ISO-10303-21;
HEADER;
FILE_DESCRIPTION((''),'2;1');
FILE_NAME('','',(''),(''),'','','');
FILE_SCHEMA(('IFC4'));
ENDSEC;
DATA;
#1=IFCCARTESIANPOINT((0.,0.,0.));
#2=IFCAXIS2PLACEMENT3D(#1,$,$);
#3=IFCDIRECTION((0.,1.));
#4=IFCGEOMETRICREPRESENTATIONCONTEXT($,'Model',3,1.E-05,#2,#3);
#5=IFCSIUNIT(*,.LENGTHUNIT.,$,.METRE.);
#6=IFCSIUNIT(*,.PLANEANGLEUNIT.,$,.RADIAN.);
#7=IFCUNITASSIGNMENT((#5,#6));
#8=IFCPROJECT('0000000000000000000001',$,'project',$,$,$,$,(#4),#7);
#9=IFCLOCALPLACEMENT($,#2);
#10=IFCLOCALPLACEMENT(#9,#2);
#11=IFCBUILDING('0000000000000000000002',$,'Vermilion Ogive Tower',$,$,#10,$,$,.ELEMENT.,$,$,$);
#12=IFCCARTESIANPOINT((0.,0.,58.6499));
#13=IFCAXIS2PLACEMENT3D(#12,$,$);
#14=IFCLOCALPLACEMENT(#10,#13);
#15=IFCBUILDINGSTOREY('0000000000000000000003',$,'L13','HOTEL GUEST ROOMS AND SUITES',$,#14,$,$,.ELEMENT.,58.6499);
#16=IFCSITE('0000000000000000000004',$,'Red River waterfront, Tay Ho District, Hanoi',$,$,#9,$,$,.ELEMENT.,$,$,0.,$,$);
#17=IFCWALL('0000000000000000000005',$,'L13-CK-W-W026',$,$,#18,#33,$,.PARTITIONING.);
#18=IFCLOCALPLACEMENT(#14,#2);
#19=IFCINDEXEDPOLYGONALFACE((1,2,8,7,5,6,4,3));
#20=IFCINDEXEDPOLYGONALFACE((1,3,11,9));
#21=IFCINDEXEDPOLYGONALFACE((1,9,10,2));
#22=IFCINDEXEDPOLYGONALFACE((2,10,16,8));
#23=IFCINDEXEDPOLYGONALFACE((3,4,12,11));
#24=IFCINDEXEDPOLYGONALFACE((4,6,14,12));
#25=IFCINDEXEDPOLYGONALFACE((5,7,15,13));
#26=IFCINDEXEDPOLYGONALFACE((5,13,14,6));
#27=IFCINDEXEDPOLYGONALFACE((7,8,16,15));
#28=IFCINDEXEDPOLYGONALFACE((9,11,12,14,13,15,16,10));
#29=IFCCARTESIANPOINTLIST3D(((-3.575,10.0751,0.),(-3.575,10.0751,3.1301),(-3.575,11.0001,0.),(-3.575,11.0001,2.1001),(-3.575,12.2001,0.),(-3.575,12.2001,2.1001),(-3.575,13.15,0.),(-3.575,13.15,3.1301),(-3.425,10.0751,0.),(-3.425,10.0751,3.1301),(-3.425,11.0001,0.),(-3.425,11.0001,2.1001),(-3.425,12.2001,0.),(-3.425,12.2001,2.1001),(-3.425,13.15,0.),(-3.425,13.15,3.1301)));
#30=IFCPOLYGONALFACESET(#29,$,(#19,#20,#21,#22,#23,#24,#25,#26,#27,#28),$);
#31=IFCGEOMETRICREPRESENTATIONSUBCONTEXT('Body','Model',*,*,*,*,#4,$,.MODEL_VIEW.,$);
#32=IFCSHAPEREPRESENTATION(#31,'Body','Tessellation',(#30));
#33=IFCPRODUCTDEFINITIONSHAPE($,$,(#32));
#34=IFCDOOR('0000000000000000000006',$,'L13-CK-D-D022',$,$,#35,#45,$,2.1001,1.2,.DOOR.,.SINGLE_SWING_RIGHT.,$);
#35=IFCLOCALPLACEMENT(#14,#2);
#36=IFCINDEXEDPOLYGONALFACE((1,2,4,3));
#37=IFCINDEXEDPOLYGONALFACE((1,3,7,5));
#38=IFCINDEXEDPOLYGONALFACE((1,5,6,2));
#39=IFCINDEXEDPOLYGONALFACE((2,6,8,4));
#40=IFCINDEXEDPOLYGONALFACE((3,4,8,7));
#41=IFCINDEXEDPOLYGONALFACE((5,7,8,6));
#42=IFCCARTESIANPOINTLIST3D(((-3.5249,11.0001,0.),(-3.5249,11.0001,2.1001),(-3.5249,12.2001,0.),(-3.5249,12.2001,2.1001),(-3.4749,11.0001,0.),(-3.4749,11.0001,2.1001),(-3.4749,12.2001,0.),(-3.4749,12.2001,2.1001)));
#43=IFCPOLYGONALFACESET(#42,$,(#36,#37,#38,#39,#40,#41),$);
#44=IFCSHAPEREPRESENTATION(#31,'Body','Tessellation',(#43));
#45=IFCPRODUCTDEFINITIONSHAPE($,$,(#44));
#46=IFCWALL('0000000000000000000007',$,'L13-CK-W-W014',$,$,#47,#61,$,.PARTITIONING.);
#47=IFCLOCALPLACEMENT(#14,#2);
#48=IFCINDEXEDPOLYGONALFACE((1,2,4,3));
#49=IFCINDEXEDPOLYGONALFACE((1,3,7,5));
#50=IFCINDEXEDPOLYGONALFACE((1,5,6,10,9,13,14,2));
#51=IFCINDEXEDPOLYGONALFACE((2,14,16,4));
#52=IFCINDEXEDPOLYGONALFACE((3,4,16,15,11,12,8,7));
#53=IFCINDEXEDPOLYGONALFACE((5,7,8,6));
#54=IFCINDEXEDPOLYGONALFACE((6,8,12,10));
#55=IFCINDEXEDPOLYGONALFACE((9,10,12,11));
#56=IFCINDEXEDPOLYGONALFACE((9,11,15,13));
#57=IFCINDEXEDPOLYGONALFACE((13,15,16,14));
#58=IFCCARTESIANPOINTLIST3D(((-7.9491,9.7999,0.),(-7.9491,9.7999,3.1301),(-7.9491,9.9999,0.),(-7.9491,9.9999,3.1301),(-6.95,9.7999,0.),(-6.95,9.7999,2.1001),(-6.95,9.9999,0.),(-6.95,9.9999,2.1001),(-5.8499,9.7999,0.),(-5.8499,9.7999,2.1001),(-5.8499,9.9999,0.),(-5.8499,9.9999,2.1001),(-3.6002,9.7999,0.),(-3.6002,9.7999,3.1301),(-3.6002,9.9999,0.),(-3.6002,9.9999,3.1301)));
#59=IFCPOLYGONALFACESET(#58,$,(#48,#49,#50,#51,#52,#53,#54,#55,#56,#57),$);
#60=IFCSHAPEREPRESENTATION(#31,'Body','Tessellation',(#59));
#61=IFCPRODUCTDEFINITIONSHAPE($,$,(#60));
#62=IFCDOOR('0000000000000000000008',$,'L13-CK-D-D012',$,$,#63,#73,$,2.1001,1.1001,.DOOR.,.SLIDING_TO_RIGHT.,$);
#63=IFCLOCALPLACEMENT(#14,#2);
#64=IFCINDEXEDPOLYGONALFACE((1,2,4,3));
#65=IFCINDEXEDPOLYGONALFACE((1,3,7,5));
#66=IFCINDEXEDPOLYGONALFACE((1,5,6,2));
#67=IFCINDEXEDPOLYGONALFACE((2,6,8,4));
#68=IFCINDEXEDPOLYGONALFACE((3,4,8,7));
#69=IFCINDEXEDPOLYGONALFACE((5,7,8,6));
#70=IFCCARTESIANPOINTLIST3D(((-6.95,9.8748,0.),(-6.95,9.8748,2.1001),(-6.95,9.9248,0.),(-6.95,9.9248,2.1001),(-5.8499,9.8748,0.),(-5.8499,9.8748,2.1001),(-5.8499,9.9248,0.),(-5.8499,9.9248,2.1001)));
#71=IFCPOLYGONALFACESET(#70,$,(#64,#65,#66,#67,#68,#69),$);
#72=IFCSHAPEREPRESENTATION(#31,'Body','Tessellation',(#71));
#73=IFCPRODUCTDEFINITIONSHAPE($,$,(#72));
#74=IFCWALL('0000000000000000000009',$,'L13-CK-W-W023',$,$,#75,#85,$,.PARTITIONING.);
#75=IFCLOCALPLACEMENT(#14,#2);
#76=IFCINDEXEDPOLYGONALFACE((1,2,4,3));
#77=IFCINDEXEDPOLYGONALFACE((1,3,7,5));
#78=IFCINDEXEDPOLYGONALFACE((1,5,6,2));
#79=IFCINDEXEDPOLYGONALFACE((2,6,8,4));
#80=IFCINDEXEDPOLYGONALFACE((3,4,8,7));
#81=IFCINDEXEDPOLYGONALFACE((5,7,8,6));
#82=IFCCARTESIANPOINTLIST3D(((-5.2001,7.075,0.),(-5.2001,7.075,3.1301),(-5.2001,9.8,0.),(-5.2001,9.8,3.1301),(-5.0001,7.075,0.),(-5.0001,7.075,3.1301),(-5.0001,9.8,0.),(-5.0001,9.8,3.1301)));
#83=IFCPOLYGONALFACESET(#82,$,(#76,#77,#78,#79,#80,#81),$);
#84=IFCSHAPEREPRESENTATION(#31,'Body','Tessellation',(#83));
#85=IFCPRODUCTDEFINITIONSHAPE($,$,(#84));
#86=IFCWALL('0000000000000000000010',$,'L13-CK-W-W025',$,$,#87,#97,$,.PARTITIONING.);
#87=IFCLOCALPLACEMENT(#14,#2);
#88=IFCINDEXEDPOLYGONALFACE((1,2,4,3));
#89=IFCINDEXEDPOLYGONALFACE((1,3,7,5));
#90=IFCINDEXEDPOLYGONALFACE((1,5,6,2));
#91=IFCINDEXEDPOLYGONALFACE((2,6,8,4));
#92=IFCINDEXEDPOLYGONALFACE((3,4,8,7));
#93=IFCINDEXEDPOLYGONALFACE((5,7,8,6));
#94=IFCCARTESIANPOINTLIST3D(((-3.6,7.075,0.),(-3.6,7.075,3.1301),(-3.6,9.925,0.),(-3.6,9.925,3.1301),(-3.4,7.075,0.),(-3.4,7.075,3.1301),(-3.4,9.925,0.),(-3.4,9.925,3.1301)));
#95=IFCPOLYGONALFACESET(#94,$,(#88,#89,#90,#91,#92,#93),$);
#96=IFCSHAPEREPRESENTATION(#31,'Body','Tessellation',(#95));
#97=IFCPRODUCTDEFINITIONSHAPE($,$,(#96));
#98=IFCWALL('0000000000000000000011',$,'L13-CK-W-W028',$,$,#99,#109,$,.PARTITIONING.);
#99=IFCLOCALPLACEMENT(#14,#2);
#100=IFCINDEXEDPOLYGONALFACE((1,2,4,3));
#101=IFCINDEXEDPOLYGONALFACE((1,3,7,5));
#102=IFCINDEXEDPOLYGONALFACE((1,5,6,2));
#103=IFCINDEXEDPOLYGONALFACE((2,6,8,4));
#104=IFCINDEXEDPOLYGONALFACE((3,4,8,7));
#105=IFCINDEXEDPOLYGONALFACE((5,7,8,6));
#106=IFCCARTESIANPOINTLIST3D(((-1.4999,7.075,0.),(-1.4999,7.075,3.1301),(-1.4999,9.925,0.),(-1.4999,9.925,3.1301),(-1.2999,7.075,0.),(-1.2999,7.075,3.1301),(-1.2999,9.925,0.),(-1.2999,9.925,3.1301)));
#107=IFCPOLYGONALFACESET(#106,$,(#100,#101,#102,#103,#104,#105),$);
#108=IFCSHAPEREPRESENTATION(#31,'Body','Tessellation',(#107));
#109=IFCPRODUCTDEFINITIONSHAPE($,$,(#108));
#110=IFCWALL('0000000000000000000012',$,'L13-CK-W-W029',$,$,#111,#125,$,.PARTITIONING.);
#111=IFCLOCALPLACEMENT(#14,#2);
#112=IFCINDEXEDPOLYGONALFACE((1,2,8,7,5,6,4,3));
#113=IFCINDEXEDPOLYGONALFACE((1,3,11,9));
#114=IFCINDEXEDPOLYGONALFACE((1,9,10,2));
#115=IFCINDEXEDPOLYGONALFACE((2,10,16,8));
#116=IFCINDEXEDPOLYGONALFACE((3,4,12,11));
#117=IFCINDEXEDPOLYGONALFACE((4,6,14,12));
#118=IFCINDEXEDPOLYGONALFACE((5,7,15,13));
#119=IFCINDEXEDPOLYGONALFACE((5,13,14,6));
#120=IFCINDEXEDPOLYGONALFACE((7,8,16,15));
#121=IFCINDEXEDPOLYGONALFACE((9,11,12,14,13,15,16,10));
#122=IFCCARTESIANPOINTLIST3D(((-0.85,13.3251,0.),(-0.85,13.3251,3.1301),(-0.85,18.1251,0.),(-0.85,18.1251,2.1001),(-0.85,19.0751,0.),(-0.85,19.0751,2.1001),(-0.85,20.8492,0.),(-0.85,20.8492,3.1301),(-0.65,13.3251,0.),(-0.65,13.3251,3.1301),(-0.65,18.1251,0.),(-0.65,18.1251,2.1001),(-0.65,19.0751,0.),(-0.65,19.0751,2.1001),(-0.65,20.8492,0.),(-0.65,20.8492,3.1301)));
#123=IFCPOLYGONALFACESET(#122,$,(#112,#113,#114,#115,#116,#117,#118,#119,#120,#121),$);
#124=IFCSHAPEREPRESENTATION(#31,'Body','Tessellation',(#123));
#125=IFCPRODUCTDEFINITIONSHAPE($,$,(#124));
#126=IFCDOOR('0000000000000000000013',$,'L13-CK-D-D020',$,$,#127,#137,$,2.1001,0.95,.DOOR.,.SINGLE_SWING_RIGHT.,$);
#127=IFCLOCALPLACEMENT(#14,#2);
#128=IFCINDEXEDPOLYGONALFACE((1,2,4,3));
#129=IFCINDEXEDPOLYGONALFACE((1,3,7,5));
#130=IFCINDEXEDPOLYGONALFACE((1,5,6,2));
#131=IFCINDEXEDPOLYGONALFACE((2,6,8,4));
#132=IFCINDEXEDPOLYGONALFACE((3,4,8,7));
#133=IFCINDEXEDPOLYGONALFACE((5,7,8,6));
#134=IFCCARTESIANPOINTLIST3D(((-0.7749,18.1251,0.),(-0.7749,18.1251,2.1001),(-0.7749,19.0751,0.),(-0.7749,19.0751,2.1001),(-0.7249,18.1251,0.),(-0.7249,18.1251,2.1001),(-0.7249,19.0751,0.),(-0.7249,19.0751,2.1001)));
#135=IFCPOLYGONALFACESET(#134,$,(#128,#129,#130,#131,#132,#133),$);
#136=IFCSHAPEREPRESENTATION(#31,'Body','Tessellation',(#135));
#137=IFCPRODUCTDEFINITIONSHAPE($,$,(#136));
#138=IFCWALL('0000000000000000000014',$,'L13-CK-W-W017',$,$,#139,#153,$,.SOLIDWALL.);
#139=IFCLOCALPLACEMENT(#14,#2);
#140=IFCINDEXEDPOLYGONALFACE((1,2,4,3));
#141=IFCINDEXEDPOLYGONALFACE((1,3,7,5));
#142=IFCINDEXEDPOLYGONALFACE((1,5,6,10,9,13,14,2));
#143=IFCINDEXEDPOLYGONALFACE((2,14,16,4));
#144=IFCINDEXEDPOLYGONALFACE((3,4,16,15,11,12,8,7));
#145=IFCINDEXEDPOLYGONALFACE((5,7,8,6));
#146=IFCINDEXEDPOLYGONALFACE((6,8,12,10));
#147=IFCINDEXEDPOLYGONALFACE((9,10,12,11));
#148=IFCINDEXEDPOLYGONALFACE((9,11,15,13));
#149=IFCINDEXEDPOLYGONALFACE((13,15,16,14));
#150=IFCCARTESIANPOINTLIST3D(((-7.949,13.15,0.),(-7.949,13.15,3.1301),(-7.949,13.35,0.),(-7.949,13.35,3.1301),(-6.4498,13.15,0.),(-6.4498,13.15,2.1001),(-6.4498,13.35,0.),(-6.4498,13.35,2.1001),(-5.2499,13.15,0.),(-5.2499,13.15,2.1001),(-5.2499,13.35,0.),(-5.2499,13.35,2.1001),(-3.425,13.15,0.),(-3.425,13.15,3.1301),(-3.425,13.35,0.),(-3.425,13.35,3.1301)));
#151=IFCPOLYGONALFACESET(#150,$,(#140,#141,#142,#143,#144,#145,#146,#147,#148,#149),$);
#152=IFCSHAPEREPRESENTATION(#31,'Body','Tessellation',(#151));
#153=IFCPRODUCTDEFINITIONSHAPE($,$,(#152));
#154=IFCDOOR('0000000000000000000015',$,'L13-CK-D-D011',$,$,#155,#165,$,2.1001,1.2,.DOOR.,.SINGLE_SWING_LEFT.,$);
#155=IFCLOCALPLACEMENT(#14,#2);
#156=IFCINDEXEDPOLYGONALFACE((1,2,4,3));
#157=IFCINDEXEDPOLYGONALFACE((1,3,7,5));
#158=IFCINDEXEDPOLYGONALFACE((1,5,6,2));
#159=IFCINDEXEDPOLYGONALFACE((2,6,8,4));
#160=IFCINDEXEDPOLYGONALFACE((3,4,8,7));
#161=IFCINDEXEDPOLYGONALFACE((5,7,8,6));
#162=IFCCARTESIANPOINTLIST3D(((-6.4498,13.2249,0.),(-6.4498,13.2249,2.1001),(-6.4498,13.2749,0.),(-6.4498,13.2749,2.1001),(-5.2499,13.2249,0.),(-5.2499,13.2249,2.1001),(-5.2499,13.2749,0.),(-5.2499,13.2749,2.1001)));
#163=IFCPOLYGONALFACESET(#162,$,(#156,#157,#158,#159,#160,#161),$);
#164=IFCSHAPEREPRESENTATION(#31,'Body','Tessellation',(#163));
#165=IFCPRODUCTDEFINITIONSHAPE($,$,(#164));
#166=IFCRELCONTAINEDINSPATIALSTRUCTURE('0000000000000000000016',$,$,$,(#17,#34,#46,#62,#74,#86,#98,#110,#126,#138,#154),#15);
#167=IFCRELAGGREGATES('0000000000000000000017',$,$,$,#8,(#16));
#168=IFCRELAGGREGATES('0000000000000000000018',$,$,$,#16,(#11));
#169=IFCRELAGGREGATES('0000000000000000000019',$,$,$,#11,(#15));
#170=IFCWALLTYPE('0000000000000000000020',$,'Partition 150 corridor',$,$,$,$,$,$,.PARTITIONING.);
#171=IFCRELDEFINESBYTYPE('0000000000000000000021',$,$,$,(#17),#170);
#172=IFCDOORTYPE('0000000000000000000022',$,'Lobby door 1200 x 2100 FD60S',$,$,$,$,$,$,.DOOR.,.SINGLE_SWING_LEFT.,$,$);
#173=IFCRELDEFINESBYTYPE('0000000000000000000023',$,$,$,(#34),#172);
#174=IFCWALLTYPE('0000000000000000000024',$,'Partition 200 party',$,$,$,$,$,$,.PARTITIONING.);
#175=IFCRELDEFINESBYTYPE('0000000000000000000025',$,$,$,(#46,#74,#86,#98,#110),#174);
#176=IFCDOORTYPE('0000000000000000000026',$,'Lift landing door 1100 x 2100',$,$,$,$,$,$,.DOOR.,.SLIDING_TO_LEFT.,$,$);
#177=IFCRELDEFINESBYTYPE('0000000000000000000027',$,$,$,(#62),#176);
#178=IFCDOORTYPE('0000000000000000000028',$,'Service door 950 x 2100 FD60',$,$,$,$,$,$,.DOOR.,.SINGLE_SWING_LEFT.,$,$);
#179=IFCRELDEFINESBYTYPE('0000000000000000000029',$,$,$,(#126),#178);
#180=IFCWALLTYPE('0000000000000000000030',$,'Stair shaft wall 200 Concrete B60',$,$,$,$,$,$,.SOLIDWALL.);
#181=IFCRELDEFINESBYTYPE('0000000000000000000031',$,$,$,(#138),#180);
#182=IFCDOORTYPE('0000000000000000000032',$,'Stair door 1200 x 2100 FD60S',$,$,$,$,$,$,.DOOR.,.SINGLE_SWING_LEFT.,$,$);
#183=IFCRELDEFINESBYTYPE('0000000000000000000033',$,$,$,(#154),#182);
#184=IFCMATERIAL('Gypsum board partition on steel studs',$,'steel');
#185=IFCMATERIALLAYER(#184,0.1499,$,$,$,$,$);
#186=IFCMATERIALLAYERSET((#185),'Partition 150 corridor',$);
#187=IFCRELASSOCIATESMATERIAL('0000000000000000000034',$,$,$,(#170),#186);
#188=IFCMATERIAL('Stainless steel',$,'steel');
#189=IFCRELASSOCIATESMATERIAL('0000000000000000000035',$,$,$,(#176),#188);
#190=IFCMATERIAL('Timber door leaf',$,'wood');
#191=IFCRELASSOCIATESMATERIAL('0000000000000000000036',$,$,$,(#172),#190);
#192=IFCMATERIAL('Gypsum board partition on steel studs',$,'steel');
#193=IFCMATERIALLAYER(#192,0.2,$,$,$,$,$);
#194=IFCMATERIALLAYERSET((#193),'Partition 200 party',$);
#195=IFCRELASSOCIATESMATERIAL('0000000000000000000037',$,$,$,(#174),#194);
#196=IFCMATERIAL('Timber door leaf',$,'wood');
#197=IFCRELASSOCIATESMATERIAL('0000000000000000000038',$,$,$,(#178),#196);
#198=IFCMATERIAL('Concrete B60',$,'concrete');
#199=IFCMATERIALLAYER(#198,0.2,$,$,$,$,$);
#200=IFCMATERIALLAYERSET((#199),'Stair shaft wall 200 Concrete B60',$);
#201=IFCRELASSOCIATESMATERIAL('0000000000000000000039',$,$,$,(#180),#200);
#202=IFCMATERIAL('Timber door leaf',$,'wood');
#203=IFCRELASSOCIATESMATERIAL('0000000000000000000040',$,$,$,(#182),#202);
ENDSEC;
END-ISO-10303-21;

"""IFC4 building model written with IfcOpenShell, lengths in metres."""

from ifc_helpers import new_model, si_unit, direction, frame, frame_2d, origin, place, context, subcontext, project, spatial, rectangle, extrude, material, layer, layer_set, type_object, element, fill, save


model = new_model("IFC4")

# Units and contexts
model_context = context("Model", 3, precision=1e-05, world=origin(), true_north=direction((0.0, 1.0)))
body_context = subcontext(model_context, "Body", "Model", "MODEL_VIEW")
ifc_project = project(units=[si_unit("LENGTHUNIT", "METRE"), si_unit("PLANEANGLEUNIT", "RADIAN")], contexts=[model_context])

# Site, building, storey
site_placement = place(None, origin())
site = spatial("IfcSite", under=ifc_project, at=site_placement, Name="Red River waterfront, Tay Ho District, Hanoi", CompositionType="ELEMENT", RefElevation=0.0)
building_placement = place(site_placement, origin())
building = spatial("IfcBuilding", under=site, at=building_placement, Name="Vermilion Ogive Tower", CompositionType="ELEMENT")
storey_placement = place(building_placement, frame((0.0, 0.0, 58.6499)))
storey = spatial("IfcBuildingStorey", under=building, at=storey_placement, Name="L13", Description="HOTEL GUEST ROOMS AND SUITES", CompositionType="ELEMENT", Elevation=58.6499)

# Shared definitions
ifc_material_1 = material(Name="Gypsum board partition on steel studs", Category="steel")
ifc_layer_1 = layer(ifc_material_1, 0.1499)
ifc_layer_set_1 = layer_set([ifc_layer_1], Name="Partition 150 corridor")
wall_type_1 = type_object("IfcWallType", Name="Partition 150 corridor", PredefinedType="PARTITIONING", material=ifc_layer_set_1)

# Shared definitions
ifc_material_2 = material(Name="Stainless steel", Category="steel")
door_type_1 = type_object("IfcDoorType", Name="Lift landing door 1100 x 2100", OperationType="SLIDING_TO_LEFT", PredefinedType="DOOR", material=ifc_material_2)

# Walls, openings, doors
wall_1_placement = place(storey_placement, frame((-3.5, 10.075, 0.0), z_axis=(0.0, 0.0, 1.0), x_axis=(0.0, 1.0, 0.0)))
wall_1 = element("IfcWall", 1, at=wall_1_placement, inside=storey, type_object=wall_type_1, Name="L13-CK-W-W026", PredefinedType="PARTITIONING", context=body_context, shape_type="SweptSolid", body=[
    extrude(rectangle(XDim=3.075, YDim=0.1499, at=frame_2d((1.5376, 0.0))), origin(), (0.0, 0.0, 1.0), 3.1301),
])
opening_1_placement = place(wall_1_placement, frame((0.925, 0.0, 0.0)))
opening_1 = element("IfcOpeningElement", 2, at=opening_1_placement, cuts=wall_1, PredefinedType="OPENING", context=body_context, shape_type="SweptSolid", body=[
    extrude(rectangle(XDim=1.2, YDim=2.1001, at=frame_2d((0.6001, 1.05))), frame((0.0, 0.085, 0.0), z_axis=(0.0, -1.0, 0.0), x_axis=(1.0, 0.0, 0.0)), (0.0, 0.0, 1.0), 0.1699),
])
ifc_material_3 = material(Name="Timber door leaf", Category="wood")
door_type_2 = type_object("IfcDoorType", Name="Lobby door 1200 x 2100 FD60S", OperationType="SINGLE_SWING_LEFT", PredefinedType="DOOR", material=ifc_material_3)
door_1_placement = place(opening_1_placement, origin())
door_1 = element("IfcDoor", 3, at=door_1_placement, inside=storey, type_object=door_type_2, Name="L13-CK-D-D022", OperationType="SINGLE_SWING_RIGHT", OverallHeight=2.1001, OverallWidth=1.2, PredefinedType="DOOR", context=body_context, shape_type="SweptSolid", body=[
    extrude(rectangle(XDim=1.2, YDim=2.1001, at=frame_2d((0.6001, 1.05))), frame((0.0, 0.0249, 0.0), z_axis=(0.0, -1.0, 0.0), x_axis=(1.0, 0.0, 0.0)), (0.0, 0.0, 1.0), 0.05),
])
fill(opening_1, door_1)
ifc_material_4 = material(Name="Gypsum board partition on steel studs", Category="steel")
ifc_layer_2 = layer(ifc_material_4, 0.2)
ifc_layer_set_2 = layer_set([ifc_layer_2], Name="Partition 200 party")
wall_type_2 = type_object("IfcWallType", Name="Partition 200 party", PredefinedType="PARTITIONING", material=ifc_layer_set_2)
wall_2_placement = place(storey_placement, frame((-7.949, 9.8999, 0.0), z_axis=(0.0, 0.0, 1.0), x_axis=(1.0, 0.0, 0.0)))
wall_2 = element("IfcWall", 4, at=wall_2_placement, inside=storey, type_object=wall_type_2, Name="L13-CK-W-W014", PredefinedType="PARTITIONING", context=body_context, shape_type="SweptSolid", body=[
    extrude(rectangle(XDim=4.3489, YDim=0.2, at=frame_2d((2.1743, 0.0))), origin(), (0.0, 0.0, 1.0), 3.1301),
])
opening_2_placement = place(wall_2_placement, frame((0.999, 0.0, 0.0)))
opening_2 = element("IfcOpeningElement", 5, at=opening_2_placement, cuts=wall_2, PredefinedType="OPENING", context=body_context, shape_type="SweptSolid", body=[
    extrude(rectangle(XDim=1.1001, YDim=2.1001, at=frame_2d((0.55, 1.05))), frame((0.0, 0.1099, 0.0), z_axis=(0.0, -1.0, 0.0), x_axis=(1.0, 0.0, 0.0)), (0.0, 0.0, 1.0), 0.22),
])
door_2_placement = place(opening_2_placement, origin())
door_2 = element("IfcDoor", 6, at=door_2_placement, inside=storey, type_object=door_type_1, Name="L13-CK-D-D012", OperationType="SLIDING_TO_RIGHT", OverallHeight=2.1001, OverallWidth=1.1001, PredefinedType="DOOR", context=body_context, shape_type="SweptSolid", body=[
    extrude(rectangle(XDim=1.1001, YDim=2.1001, at=frame_2d((0.55, 1.05))), frame((0.0, 0.0249, 0.0), z_axis=(0.0, -1.0, 0.0), x_axis=(1.0, 0.0, 0.0)), (0.0, 0.0, 1.0), 0.05),
])
fill(opening_2, door_2)

# Walls
wall_3_placement = place(storey_placement, frame((-5.1001, 7.075, 0.0), z_axis=(0.0, 0.0, 1.0), x_axis=(0.0, 1.0, 0.0)))
element("IfcWall", 7, at=wall_3_placement, inside=storey, type_object=wall_type_2, Name="L13-CK-W-W023", PredefinedType="PARTITIONING", context=body_context, shape_type="SweptSolid", body=[
    extrude(rectangle(XDim=2.7251, YDim=0.2, at=frame_2d((1.3625, 0.0))), origin(), (0.0, 0.0, 1.0), 3.1301),
])
for number, where, z_axis, x_axis, name in (
    (8, (-3.5, 7.075, 0.0), (0.0, 0.0, 1.0), (0.0, 1.0, 0.0), "L13-CK-W-W025"),
    (9, (-1.3999, 7.075, 0.0), (0.0, 0.0, 1.0), (0.0, 1.0, 0.0), "L13-CK-W-W028"),
):
    element("IfcWall", number, at=place(storey_placement, frame(where, z_axis=z_axis, x_axis=x_axis)), inside=storey, type_object=wall_type_2, Name=name, PredefinedType="PARTITIONING", context=body_context, shape_type="SweptSolid", body=[
        extrude(rectangle(XDim=2.8501, YDim=0.2, at=frame_2d((1.425, 0.0))), origin(), (0.0, 0.0, 1.0), 3.1301),
    ])

# Walls, openings, doors
wall_4_placement = place(storey_placement, frame((-0.75, 13.325, 0.0), z_axis=(0.0, 0.0, 1.0), x_axis=(0.0, 1.0, 0.0)))
wall_4 = element("IfcWall", 10, at=wall_4_placement, inside=storey, type_object=wall_type_2, Name="L13-CK-W-W029", PredefinedType="PARTITIONING", context=body_context, shape_type="SweptSolid", body=[
    extrude(rectangle(XDim=7.5242, YDim=0.2, at=frame_2d((3.7622, 0.0))), origin(), (0.0, 0.0, 1.0), 3.1301),
])
opening_3_placement = place(wall_4_placement, frame((4.8, 0.0, 0.0)))
opening_3 = element("IfcOpeningElement", 11, at=opening_3_placement, cuts=wall_4, PredefinedType="OPENING", context=body_context, shape_type="SweptSolid", body=[
    extrude(rectangle(XDim=0.95, YDim=2.1001, at=frame_2d((0.4751, 1.05))), frame((0.0, 0.1099, 0.0), z_axis=(0.0, -1.0, 0.0), x_axis=(1.0, 0.0, 0.0)), (0.0, 0.0, 1.0), 0.22),
])
ifc_material_5 = material(Name="Timber door leaf", Category="wood")
door_type_3 = type_object("IfcDoorType", Name="Service door 950 x 2100 FD60", OperationType="SINGLE_SWING_LEFT", PredefinedType="DOOR", material=ifc_material_5)
door_3_placement = place(opening_3_placement, origin())
door_3 = element("IfcDoor", 12, at=door_3_placement, inside=storey, type_object=door_type_3, Name="L13-CK-D-D020", OperationType="SINGLE_SWING_RIGHT", OverallHeight=2.1001, OverallWidth=0.95, PredefinedType="DOOR", context=body_context, shape_type="SweptSolid", body=[
    extrude(rectangle(XDim=0.95, YDim=2.1001, at=frame_2d((0.4751, 1.05))), frame((0.0, 0.0249, 0.0), z_axis=(0.0, -1.0, 0.0), x_axis=(1.0, 0.0, 0.0)), (0.0, 0.0, 1.0), 0.05),
])
fill(opening_3, door_3)
ifc_material_6 = material(Name="Concrete B60", Category="concrete")
ifc_layer_3 = layer(ifc_material_6, 0.2)
ifc_layer_set_3 = layer_set([ifc_layer_3], Name="Stair shaft wall 200 Concrete B60")
wall_type_3 = type_object("IfcWallType", Name="Stair shaft wall 200 Concrete B60", PredefinedType="SOLIDWALL", material=ifc_layer_set_3)
wall_5_placement = place(storey_placement, frame((-7.949, 13.25, 0.0), z_axis=(0.0, 0.0, 1.0), x_axis=(1.0, 0.0, 0.0)))
wall_5 = element("IfcWall", 13, at=wall_5_placement, inside=storey, type_object=wall_type_3, Name="L13-CK-W-W017", PredefinedType="SOLIDWALL", context=body_context, shape_type="SweptSolid", body=[
    extrude(rectangle(XDim=4.5239, YDim=0.2, at=frame_2d((2.262, 0.0))), origin(), (0.0, 0.0, 1.0), 3.1301),
])
opening_4_placement = place(wall_5_placement, frame((1.499, 0.0, 0.0)))
opening_4 = element("IfcOpeningElement", 14, at=opening_4_placement, cuts=wall_5, PredefinedType="OPENING", context=body_context, shape_type="SweptSolid", body=[
    extrude(rectangle(XDim=1.2, YDim=2.1001, at=frame_2d((0.6001, 1.05))), frame((0.0, 0.1099, 0.0), z_axis=(0.0, -1.0, 0.0), x_axis=(1.0, 0.0, 0.0)), (0.0, 0.0, 1.0), 0.22),
])
ifc_material_7 = material(Name="Timber door leaf", Category="wood")
door_type_4 = type_object("IfcDoorType", Name="Stair door 1200 x 2100 FD60S", OperationType="SINGLE_SWING_LEFT", PredefinedType="DOOR", material=ifc_material_7)
door_4_placement = place(opening_4_placement, origin())
door_4 = element("IfcDoor", 15, at=door_4_placement, inside=storey, type_object=door_type_4, Name="L13-CK-D-D011", OperationType="SINGLE_SWING_LEFT", OverallHeight=2.1001, OverallWidth=1.2, PredefinedType="DOOR", context=body_context, shape_type="SweptSolid", body=[
    extrude(rectangle(XDim=1.2, YDim=2.1001, at=frame_2d((0.6001, 1.05))), frame((0.0, 0.0249, 0.0), z_axis=(0.0, -1.0, 0.0), x_axis=(1.0, 0.0, 0.0)), (0.0, 0.0, 1.0), 0.05),
])
fill(opening_4, door_4)

save(model, "model.ifc")
